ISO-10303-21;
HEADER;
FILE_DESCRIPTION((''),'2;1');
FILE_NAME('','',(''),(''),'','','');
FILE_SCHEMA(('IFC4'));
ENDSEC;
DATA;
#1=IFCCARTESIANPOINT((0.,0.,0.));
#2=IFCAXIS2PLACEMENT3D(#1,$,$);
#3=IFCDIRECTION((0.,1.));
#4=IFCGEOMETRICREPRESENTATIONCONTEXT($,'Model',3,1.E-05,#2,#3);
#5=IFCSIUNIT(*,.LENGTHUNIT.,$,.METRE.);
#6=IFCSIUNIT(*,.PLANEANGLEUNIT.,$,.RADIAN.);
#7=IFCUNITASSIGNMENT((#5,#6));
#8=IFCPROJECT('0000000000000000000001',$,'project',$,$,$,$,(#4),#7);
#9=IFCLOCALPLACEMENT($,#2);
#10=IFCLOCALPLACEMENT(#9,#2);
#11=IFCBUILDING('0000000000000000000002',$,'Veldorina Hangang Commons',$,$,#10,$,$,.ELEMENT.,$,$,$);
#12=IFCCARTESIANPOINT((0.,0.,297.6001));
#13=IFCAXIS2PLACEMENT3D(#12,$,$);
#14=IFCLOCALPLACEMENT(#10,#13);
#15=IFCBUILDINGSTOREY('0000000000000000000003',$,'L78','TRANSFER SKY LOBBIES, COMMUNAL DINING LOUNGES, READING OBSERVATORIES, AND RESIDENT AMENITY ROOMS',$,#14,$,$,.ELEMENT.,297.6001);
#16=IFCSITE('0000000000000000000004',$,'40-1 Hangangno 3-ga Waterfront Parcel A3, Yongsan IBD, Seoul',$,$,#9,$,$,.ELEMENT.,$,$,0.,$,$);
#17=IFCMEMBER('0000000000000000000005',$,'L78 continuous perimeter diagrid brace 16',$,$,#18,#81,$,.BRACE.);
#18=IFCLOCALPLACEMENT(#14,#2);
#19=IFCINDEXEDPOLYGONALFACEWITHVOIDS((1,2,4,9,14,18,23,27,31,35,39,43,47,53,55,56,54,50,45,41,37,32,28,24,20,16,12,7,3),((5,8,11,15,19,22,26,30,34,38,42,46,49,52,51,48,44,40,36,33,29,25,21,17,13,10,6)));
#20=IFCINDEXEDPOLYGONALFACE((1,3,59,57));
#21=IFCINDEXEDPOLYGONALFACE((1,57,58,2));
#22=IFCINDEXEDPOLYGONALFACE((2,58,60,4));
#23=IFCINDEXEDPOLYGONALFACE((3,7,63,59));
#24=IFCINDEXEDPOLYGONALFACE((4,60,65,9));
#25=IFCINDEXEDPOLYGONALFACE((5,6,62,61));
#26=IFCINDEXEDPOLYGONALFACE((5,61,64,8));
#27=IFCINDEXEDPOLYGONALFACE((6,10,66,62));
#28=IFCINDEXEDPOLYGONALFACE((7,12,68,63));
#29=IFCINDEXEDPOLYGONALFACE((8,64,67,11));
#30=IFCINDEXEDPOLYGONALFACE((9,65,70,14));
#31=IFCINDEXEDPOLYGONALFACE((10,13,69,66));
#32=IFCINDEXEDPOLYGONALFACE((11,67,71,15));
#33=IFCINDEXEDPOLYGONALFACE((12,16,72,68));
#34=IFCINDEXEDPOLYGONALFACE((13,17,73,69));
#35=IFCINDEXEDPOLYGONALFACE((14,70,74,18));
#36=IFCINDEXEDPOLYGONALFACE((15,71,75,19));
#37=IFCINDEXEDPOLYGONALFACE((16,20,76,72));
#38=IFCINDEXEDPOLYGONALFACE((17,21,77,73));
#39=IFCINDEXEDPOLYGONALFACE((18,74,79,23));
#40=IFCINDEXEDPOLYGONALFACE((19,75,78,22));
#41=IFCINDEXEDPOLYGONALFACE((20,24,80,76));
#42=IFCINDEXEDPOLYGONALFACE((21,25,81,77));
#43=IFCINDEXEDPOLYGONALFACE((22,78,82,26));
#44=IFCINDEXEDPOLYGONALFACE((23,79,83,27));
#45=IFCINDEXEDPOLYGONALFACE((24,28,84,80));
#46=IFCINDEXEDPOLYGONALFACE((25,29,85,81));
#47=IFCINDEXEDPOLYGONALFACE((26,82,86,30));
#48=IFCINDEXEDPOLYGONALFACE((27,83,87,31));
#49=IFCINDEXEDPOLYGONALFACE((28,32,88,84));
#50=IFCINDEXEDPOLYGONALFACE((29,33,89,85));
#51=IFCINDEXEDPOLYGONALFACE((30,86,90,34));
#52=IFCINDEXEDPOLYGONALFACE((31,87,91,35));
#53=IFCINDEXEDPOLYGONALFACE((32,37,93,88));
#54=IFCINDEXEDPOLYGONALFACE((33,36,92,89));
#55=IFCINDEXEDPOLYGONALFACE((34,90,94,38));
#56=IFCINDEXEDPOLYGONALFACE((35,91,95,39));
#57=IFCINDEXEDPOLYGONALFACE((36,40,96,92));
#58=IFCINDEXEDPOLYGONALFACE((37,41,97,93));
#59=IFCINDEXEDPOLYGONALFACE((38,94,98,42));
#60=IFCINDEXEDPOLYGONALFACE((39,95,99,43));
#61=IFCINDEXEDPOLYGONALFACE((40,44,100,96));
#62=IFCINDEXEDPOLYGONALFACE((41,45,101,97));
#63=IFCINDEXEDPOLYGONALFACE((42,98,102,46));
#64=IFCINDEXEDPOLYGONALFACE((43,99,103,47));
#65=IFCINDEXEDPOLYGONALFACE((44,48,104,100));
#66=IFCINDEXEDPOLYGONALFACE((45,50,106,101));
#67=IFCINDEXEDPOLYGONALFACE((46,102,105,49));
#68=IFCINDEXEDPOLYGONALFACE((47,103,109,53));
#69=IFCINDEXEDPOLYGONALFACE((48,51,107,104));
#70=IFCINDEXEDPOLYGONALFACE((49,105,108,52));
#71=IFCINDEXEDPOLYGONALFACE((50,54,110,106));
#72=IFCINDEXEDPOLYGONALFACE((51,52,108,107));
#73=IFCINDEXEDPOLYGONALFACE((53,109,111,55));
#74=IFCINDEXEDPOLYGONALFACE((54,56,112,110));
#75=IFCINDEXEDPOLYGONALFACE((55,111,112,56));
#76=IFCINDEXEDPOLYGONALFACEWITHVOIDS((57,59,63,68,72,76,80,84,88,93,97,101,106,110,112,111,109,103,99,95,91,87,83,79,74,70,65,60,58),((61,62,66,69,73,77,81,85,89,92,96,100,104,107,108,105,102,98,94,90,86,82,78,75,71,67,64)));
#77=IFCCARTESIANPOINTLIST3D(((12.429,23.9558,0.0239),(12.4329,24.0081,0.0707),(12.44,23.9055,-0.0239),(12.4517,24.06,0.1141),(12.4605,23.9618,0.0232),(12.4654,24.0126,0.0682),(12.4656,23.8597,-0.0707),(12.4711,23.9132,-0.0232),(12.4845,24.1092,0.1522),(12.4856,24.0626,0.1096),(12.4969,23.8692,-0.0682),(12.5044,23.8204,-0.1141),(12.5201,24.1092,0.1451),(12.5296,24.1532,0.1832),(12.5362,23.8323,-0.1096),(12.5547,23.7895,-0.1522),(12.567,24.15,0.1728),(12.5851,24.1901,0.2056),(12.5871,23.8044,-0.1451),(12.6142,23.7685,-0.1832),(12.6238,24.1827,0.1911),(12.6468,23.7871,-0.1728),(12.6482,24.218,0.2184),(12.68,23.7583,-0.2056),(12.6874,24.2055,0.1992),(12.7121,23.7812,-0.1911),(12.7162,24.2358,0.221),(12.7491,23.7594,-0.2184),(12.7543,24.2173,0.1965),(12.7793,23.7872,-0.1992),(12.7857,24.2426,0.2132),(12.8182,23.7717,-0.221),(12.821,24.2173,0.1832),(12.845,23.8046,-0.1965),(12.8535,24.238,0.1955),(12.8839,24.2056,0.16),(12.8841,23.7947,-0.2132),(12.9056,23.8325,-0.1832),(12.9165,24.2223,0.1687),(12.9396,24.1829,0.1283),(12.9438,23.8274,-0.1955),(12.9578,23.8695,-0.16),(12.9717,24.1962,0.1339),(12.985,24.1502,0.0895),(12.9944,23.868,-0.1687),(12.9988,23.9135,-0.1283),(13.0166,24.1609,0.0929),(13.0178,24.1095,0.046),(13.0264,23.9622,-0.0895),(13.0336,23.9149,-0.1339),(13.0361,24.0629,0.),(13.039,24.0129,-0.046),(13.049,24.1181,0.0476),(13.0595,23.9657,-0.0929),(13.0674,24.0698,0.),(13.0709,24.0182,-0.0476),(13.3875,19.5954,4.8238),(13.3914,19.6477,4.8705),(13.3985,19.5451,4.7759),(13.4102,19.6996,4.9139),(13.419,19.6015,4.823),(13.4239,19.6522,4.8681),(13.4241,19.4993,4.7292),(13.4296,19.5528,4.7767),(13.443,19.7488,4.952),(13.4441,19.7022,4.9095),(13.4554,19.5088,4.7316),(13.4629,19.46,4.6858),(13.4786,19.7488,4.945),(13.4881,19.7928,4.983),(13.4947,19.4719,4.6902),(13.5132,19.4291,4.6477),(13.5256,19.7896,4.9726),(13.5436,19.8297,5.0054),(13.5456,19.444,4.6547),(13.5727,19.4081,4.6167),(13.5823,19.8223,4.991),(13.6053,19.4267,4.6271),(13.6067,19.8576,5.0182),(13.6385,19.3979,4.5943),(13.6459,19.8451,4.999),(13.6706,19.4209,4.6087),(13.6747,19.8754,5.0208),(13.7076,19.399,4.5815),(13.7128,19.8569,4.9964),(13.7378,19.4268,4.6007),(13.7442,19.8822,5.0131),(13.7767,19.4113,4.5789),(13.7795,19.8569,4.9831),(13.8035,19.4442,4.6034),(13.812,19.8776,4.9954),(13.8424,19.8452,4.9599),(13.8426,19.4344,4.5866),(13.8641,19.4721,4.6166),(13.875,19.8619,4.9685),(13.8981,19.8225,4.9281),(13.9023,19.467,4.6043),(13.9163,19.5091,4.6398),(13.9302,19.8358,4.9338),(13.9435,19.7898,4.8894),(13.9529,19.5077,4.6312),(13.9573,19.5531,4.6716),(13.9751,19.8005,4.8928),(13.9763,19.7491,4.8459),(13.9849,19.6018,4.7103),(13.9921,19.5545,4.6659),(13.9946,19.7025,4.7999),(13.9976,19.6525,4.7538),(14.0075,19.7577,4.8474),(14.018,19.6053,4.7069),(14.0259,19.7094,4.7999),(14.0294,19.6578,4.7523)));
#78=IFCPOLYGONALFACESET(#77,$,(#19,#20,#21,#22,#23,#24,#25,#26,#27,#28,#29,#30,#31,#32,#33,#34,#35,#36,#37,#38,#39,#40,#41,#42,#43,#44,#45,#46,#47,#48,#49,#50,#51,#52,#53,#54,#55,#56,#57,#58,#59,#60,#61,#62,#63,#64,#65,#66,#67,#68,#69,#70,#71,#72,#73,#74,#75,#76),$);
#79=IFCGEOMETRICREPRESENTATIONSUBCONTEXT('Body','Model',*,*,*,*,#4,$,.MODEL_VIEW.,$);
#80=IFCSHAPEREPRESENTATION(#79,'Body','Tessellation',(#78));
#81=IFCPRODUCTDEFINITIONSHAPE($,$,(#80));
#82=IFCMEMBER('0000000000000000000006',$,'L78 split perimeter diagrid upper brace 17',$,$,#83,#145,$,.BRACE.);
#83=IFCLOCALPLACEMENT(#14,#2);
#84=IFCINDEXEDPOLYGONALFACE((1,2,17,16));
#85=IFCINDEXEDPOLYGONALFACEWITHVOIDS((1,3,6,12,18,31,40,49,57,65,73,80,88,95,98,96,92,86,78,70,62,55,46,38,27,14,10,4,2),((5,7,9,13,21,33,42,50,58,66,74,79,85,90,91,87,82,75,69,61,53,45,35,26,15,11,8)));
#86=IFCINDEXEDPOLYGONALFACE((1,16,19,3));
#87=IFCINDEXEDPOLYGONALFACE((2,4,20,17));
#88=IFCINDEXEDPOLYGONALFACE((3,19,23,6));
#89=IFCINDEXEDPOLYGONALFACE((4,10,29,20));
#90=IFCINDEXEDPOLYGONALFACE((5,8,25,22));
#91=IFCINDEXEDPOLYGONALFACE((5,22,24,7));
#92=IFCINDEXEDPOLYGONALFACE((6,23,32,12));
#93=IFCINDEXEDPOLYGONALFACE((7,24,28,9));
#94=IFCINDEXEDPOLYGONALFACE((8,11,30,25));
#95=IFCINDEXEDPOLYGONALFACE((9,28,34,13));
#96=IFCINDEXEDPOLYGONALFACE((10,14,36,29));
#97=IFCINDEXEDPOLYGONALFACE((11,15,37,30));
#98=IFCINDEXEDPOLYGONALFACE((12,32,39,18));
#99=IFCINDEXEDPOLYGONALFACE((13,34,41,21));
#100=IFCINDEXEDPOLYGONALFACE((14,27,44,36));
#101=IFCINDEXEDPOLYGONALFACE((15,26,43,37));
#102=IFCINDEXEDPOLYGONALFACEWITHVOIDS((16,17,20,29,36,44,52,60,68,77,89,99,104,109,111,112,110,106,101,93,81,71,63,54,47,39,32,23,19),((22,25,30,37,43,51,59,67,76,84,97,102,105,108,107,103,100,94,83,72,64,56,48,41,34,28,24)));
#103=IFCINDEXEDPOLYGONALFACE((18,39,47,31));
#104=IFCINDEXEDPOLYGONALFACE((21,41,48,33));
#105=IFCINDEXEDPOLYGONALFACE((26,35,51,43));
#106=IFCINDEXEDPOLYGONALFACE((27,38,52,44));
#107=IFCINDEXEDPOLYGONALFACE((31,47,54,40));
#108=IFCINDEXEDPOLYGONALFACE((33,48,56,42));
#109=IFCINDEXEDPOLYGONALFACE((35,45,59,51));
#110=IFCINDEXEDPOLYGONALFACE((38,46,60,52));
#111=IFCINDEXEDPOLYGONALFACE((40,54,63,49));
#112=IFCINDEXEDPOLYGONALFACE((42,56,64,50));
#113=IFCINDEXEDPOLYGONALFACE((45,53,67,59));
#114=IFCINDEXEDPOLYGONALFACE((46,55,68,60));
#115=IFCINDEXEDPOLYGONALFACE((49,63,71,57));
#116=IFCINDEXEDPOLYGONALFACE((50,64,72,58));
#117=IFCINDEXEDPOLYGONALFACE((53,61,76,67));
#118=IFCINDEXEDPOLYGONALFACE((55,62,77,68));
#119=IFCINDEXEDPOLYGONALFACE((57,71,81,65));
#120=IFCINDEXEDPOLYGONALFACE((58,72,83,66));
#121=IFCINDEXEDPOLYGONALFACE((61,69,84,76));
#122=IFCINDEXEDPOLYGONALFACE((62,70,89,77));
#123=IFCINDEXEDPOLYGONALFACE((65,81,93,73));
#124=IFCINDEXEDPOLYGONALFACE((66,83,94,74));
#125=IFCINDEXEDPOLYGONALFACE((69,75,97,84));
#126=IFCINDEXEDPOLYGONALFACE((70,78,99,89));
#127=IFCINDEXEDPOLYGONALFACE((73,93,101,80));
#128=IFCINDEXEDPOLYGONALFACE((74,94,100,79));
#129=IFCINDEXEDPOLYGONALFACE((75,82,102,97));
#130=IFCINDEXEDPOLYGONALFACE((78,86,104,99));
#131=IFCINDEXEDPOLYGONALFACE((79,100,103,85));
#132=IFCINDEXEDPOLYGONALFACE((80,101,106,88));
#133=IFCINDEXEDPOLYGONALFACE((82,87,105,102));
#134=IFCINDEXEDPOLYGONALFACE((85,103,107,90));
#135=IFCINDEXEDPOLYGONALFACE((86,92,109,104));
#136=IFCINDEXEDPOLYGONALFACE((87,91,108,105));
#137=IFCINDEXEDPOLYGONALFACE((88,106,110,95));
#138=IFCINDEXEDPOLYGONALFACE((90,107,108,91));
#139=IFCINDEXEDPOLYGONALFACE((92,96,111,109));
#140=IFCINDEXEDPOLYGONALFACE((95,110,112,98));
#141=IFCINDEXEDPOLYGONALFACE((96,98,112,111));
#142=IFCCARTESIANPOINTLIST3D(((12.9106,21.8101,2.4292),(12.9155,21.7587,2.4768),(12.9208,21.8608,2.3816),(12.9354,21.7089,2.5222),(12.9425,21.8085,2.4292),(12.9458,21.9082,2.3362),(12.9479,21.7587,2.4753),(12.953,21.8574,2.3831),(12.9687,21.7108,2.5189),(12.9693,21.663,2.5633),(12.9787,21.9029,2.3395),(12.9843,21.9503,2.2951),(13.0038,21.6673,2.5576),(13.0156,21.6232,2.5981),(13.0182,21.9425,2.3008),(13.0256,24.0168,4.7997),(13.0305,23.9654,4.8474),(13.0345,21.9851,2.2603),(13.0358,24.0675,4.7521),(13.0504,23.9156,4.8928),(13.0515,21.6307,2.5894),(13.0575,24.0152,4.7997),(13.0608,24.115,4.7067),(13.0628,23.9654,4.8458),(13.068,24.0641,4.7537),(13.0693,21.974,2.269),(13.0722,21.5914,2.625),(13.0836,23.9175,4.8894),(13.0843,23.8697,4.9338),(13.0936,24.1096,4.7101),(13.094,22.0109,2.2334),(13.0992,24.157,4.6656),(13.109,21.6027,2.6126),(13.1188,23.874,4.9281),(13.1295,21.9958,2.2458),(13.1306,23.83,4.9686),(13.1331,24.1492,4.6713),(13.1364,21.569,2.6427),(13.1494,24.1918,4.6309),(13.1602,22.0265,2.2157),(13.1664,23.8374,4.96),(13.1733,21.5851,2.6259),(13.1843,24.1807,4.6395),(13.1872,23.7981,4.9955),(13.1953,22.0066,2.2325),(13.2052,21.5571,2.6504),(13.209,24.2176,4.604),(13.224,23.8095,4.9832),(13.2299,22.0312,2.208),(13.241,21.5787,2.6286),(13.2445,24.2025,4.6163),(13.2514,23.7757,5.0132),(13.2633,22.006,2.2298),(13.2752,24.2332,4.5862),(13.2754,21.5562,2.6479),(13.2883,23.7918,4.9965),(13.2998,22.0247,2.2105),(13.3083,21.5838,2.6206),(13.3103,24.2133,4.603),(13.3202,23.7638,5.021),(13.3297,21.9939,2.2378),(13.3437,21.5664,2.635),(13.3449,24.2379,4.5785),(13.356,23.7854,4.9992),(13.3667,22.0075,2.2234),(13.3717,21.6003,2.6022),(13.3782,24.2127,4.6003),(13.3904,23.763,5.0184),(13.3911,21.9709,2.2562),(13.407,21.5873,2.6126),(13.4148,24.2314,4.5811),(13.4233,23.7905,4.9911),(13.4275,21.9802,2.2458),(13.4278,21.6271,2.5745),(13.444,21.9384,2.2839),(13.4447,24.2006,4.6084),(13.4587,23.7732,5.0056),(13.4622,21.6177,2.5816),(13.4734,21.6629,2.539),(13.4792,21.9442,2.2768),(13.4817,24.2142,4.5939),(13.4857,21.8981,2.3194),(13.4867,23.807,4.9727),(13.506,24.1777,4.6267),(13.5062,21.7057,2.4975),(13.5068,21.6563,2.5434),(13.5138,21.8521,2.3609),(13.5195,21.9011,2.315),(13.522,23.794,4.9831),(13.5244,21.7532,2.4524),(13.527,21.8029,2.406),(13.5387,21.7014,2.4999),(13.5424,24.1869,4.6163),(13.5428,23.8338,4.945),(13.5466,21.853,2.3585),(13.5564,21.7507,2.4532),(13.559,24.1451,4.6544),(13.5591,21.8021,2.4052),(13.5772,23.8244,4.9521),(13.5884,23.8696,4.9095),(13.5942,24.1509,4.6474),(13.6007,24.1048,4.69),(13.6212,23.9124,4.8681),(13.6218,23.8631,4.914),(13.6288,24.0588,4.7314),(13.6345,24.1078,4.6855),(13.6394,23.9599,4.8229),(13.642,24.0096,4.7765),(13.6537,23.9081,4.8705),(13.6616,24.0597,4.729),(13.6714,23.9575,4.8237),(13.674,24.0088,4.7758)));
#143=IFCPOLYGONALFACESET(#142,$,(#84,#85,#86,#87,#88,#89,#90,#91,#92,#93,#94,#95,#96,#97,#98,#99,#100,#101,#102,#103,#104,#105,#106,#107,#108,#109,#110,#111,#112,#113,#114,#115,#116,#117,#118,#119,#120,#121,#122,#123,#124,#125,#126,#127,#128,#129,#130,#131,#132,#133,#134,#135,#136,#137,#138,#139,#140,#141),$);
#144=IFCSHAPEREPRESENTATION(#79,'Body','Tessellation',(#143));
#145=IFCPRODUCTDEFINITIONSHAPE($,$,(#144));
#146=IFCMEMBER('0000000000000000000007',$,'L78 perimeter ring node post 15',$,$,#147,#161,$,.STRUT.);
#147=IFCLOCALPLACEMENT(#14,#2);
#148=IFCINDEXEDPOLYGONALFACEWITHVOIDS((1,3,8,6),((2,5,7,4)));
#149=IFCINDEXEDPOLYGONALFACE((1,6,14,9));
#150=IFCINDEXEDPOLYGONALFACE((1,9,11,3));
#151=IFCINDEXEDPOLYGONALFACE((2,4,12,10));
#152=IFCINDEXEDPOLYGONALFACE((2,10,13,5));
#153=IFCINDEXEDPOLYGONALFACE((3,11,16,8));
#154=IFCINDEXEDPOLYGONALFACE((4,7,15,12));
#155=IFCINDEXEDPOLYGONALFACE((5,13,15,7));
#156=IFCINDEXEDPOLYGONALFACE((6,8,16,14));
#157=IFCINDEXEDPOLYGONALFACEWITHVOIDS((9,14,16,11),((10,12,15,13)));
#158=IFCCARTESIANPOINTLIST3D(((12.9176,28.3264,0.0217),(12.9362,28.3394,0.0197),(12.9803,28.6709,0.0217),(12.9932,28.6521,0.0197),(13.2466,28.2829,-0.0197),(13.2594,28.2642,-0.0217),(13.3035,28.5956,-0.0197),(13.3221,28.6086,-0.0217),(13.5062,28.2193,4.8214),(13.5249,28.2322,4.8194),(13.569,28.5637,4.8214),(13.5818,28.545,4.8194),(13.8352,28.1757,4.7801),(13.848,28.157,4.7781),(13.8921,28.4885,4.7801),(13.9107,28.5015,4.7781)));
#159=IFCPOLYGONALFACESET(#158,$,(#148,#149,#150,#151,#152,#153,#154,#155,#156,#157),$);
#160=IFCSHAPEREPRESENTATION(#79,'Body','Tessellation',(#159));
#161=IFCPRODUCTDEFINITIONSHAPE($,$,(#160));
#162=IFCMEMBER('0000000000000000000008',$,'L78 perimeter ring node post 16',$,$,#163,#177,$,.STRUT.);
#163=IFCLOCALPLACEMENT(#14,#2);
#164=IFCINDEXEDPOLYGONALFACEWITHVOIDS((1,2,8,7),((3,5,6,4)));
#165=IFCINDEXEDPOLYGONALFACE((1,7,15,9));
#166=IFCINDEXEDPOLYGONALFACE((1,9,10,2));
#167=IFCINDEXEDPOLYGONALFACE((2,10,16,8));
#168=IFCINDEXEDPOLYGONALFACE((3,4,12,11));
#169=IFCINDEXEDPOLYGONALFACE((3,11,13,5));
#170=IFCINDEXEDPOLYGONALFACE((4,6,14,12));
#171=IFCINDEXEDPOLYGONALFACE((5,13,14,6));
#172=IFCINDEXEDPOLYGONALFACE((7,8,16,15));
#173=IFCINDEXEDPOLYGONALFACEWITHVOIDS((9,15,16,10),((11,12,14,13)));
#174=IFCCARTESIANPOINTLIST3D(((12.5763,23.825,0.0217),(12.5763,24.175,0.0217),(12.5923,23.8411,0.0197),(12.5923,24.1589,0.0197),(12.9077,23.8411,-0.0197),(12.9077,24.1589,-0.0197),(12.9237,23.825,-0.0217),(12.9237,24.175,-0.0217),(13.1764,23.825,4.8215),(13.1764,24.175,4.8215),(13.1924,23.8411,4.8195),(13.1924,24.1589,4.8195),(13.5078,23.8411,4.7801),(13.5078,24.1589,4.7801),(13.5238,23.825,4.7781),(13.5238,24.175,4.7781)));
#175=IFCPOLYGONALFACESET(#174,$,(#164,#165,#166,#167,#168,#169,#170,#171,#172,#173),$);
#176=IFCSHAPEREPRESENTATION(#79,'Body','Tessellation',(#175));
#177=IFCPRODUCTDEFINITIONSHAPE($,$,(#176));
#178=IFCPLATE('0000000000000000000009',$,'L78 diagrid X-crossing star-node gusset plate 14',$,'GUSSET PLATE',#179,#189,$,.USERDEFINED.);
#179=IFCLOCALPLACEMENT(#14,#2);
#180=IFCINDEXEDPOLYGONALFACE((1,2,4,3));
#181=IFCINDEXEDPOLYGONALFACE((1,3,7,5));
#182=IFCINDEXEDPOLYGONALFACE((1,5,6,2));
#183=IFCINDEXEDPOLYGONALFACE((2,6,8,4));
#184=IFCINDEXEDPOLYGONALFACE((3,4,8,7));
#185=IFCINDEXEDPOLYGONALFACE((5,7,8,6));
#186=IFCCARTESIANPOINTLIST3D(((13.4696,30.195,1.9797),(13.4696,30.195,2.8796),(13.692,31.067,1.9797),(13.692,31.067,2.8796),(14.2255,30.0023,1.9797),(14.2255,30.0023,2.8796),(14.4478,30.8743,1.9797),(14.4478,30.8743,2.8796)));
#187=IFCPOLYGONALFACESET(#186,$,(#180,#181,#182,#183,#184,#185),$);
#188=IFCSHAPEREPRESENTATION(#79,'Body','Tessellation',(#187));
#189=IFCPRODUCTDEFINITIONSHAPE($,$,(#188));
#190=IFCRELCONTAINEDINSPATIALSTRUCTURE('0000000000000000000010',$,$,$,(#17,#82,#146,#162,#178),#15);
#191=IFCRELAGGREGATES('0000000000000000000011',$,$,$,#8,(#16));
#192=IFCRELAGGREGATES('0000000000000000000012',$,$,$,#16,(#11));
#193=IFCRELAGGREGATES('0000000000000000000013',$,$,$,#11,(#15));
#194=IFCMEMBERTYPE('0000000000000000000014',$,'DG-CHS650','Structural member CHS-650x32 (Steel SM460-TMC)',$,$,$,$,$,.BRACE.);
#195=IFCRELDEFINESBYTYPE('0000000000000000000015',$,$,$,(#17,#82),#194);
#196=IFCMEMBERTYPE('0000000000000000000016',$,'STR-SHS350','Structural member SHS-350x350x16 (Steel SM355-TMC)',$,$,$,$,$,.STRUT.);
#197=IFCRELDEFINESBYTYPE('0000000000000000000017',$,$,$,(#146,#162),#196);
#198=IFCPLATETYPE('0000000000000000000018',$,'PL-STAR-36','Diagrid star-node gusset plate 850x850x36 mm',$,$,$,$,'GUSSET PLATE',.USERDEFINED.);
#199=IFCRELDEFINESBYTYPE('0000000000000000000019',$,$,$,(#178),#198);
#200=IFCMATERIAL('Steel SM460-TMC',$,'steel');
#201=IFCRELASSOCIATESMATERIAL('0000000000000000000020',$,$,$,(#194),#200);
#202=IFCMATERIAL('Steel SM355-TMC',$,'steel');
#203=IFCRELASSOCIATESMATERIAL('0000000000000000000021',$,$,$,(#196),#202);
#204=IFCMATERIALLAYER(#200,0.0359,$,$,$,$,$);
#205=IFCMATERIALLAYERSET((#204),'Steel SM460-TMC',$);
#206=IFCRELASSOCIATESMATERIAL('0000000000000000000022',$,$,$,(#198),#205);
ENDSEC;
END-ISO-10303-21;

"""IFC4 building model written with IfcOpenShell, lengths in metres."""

from ifc_helpers import new_model, si_unit, direction, frame, origin, origin_2d, place, context, subcontext, project, spatial, rectangle, hollow_rectangle, hollow_circle, extrude, material, layer, layer_set, material_profile, profile_set, type_object, element, save


model = new_model("IFC4")

# Units and contexts
model_context = context("Model", 3, precision=1e-05, world=origin(), true_north=direction((0.0, 1.0)))
body_context = subcontext(model_context, "Body", "Model", "MODEL_VIEW")
ifc_project = project(units=[si_unit("LENGTHUNIT", "METRE"), si_unit("PLANEANGLEUNIT", "RADIAN")], contexts=[model_context])

# Site, building, storey
site_placement = place(None, origin())
site = spatial("IfcSite", under=ifc_project, at=site_placement, Name="40-1 Hangangno 3-ga Waterfront Parcel A3, Yongsan IBD, Seoul", CompositionType="ELEMENT", RefElevation=0.0)
building_placement = place(site_placement, origin())
building = spatial("IfcBuilding", under=site, at=building_placement, Name="Veldorina Hangang Commons", CompositionType="ELEMENT")
storey_placement = place(building_placement, frame((0.0, 0.0, 297.6001)))
storey = spatial("IfcBuildingStorey", under=building, at=storey_placement, Name="L78", Description="TRANSFER SKY LOBBIES, COMMUNAL DINING LOUNGES, READING OBSERVATORIES, AND RESIDENT AMENITY ROOMS", CompositionType="ELEMENT", Elevation=297.6001)

# Shared definitions
ifc_material_1 = material(Name="Steel SM460-TMC", Category="steel")
ifc_material_2 = material(Name="Steel SM355-TMC", Category="steel")

# Members
ifc_material_profile_1 = material_profile(ifc_material_1, hollow_circle(Radius=0.325, WallThickness=0.032, at=origin_2d()), Name="CHS-650x32")
ifc_profile_set_1 = profile_set([ifc_material_profile_1], Name="Steel SM460-TMC")
member_type_1 = type_object("IfcMemberType", Name="DG-CHS650", Description="Structural member CHS-650x32 (Steel SM460-TMC)", PredefinedType="BRACE", material=ifc_profile_set_1)
member_1_placement = place(storey_placement, frame((12.75, 24.0, 0.0), z_axis=(0.146221, -0.665183, 0.732223), x_axis=(0.976681, 0.214695, 0.0)))
element("IfcMember", 1, at=member_1_placement, inside=storey, type_object=member_type_1, Name="L78 continuous perimeter diagrid brace 16", PredefinedType="BRACE", context=body_context, shape_type="SweptSolid", body=[
    extrude(hollow_circle(Radius=0.325, WallThickness=0.032, at=origin_2d()), origin(), (0.0, 0.0, 1.0), 6.5552),
])
member_2_placement = place(storey_placement, frame((13.2351, 21.7932, 2.4292), z_axis=(0.035482, 0.680935, 0.731484), x_axis=(-0.998645, 0.052037, 0.0)))
element("IfcMember", 2, at=member_2_placement, inside=storey, type_object=member_type_1, Name="L78 split perimeter diagrid upper brace 17", PredefinedType="BRACE", context=body_context, shape_type="SweptSolid", body=[
    extrude(hollow_circle(Radius=0.325, WallThickness=0.032, at=origin_2d()), origin(), (0.0, 0.0, 1.0), 3.2407),
])
ifc_material_profile_2 = material_profile(ifc_material_2, hollow_rectangle(XDim=0.3501, YDim=0.3501, WallThickness=0.0161, at=origin_2d()), Name="SHS-350x350x16")
ifc_profile_set_2 = profile_set([ifc_material_profile_2], Name="Steel SM355-TMC")
member_type_2 = type_object("IfcMemberType", Name="STR-SHS350", Description="Structural member SHS-350x350x16 (Steel SM355-TMC)", PredefinedType="STRUT", material=ifc_profile_set_2)
member_3_placement = place(storey_placement, frame((13.1199, 28.4675, 0.0), z_axis=(0.121693, -0.022158, 0.99232), x_axis=(0.179137, 0.983824, 0.0)))
element("IfcMember", 3, at=member_3_placement, inside=storey, type_object=member_type_2, Name="L78 perimeter ring node post 15", PredefinedType="STRUT", context=body_context, shape_type="SweptSolid", body=[
    extrude(hollow_rectangle(XDim=0.3501, YDim=0.3501, WallThickness=0.0161, at=origin_2d()), origin(), (0.0, 0.0, 1.0), 4.8369),
])
member_4_placement = place(storey_placement, frame((12.75, 24.0, 0.0), z_axis=(0.12406, 0.0, 0.992275), x_axis=(0.0, 1.0, 0.0)))
element("IfcMember", 4, at=member_4_placement, inside=storey, type_object=member_type_2, Name="L78 perimeter ring node post 16", PredefinedType="STRUT", context=body_context, shape_type="SweptSolid", body=[
    extrude(hollow_rectangle(XDim=0.3501, YDim=0.3501, WallThickness=0.0161, at=origin_2d()), origin(), (0.0, 0.0, 1.0), 4.8372),
])

# Plate
ifc_layer_1 = layer(ifc_material_1, 0.0359)
ifc_layer_set_1 = layer_set([ifc_layer_1], Name="Steel SM460-TMC")
plate_type = type_object("IfcPlateType", Name="PL-STAR-36", Description="Diagrid star-node gusset plate 850x850x36 mm", ElementType="GUSSET PLATE", PredefinedType="USERDEFINED", material=ifc_layer_set_1)
plate_1_placement = place(storey_placement, frame((13.9587, 30.5347, 1.9797), z_axis=(0.0, 0.0, 1.0), x_axis=(-0.247084, -0.968994, 0.0)))
element("IfcPlate", 5, at=plate_1_placement, inside=storey, type_object=plate_type, Name="L78 diagrid X-crossing star-node gusset plate 14", ObjectType="GUSSET PLATE", PredefinedType="USERDEFINED", context=body_context, shape_type="SweptSolid", body=[
    extrude(rectangle(XDim=0.8999, YDim=0.78, at=origin_2d()), origin(), (0.0, 0.0, 1.0), 0.8999),
])

save(model, "model.ifc")
